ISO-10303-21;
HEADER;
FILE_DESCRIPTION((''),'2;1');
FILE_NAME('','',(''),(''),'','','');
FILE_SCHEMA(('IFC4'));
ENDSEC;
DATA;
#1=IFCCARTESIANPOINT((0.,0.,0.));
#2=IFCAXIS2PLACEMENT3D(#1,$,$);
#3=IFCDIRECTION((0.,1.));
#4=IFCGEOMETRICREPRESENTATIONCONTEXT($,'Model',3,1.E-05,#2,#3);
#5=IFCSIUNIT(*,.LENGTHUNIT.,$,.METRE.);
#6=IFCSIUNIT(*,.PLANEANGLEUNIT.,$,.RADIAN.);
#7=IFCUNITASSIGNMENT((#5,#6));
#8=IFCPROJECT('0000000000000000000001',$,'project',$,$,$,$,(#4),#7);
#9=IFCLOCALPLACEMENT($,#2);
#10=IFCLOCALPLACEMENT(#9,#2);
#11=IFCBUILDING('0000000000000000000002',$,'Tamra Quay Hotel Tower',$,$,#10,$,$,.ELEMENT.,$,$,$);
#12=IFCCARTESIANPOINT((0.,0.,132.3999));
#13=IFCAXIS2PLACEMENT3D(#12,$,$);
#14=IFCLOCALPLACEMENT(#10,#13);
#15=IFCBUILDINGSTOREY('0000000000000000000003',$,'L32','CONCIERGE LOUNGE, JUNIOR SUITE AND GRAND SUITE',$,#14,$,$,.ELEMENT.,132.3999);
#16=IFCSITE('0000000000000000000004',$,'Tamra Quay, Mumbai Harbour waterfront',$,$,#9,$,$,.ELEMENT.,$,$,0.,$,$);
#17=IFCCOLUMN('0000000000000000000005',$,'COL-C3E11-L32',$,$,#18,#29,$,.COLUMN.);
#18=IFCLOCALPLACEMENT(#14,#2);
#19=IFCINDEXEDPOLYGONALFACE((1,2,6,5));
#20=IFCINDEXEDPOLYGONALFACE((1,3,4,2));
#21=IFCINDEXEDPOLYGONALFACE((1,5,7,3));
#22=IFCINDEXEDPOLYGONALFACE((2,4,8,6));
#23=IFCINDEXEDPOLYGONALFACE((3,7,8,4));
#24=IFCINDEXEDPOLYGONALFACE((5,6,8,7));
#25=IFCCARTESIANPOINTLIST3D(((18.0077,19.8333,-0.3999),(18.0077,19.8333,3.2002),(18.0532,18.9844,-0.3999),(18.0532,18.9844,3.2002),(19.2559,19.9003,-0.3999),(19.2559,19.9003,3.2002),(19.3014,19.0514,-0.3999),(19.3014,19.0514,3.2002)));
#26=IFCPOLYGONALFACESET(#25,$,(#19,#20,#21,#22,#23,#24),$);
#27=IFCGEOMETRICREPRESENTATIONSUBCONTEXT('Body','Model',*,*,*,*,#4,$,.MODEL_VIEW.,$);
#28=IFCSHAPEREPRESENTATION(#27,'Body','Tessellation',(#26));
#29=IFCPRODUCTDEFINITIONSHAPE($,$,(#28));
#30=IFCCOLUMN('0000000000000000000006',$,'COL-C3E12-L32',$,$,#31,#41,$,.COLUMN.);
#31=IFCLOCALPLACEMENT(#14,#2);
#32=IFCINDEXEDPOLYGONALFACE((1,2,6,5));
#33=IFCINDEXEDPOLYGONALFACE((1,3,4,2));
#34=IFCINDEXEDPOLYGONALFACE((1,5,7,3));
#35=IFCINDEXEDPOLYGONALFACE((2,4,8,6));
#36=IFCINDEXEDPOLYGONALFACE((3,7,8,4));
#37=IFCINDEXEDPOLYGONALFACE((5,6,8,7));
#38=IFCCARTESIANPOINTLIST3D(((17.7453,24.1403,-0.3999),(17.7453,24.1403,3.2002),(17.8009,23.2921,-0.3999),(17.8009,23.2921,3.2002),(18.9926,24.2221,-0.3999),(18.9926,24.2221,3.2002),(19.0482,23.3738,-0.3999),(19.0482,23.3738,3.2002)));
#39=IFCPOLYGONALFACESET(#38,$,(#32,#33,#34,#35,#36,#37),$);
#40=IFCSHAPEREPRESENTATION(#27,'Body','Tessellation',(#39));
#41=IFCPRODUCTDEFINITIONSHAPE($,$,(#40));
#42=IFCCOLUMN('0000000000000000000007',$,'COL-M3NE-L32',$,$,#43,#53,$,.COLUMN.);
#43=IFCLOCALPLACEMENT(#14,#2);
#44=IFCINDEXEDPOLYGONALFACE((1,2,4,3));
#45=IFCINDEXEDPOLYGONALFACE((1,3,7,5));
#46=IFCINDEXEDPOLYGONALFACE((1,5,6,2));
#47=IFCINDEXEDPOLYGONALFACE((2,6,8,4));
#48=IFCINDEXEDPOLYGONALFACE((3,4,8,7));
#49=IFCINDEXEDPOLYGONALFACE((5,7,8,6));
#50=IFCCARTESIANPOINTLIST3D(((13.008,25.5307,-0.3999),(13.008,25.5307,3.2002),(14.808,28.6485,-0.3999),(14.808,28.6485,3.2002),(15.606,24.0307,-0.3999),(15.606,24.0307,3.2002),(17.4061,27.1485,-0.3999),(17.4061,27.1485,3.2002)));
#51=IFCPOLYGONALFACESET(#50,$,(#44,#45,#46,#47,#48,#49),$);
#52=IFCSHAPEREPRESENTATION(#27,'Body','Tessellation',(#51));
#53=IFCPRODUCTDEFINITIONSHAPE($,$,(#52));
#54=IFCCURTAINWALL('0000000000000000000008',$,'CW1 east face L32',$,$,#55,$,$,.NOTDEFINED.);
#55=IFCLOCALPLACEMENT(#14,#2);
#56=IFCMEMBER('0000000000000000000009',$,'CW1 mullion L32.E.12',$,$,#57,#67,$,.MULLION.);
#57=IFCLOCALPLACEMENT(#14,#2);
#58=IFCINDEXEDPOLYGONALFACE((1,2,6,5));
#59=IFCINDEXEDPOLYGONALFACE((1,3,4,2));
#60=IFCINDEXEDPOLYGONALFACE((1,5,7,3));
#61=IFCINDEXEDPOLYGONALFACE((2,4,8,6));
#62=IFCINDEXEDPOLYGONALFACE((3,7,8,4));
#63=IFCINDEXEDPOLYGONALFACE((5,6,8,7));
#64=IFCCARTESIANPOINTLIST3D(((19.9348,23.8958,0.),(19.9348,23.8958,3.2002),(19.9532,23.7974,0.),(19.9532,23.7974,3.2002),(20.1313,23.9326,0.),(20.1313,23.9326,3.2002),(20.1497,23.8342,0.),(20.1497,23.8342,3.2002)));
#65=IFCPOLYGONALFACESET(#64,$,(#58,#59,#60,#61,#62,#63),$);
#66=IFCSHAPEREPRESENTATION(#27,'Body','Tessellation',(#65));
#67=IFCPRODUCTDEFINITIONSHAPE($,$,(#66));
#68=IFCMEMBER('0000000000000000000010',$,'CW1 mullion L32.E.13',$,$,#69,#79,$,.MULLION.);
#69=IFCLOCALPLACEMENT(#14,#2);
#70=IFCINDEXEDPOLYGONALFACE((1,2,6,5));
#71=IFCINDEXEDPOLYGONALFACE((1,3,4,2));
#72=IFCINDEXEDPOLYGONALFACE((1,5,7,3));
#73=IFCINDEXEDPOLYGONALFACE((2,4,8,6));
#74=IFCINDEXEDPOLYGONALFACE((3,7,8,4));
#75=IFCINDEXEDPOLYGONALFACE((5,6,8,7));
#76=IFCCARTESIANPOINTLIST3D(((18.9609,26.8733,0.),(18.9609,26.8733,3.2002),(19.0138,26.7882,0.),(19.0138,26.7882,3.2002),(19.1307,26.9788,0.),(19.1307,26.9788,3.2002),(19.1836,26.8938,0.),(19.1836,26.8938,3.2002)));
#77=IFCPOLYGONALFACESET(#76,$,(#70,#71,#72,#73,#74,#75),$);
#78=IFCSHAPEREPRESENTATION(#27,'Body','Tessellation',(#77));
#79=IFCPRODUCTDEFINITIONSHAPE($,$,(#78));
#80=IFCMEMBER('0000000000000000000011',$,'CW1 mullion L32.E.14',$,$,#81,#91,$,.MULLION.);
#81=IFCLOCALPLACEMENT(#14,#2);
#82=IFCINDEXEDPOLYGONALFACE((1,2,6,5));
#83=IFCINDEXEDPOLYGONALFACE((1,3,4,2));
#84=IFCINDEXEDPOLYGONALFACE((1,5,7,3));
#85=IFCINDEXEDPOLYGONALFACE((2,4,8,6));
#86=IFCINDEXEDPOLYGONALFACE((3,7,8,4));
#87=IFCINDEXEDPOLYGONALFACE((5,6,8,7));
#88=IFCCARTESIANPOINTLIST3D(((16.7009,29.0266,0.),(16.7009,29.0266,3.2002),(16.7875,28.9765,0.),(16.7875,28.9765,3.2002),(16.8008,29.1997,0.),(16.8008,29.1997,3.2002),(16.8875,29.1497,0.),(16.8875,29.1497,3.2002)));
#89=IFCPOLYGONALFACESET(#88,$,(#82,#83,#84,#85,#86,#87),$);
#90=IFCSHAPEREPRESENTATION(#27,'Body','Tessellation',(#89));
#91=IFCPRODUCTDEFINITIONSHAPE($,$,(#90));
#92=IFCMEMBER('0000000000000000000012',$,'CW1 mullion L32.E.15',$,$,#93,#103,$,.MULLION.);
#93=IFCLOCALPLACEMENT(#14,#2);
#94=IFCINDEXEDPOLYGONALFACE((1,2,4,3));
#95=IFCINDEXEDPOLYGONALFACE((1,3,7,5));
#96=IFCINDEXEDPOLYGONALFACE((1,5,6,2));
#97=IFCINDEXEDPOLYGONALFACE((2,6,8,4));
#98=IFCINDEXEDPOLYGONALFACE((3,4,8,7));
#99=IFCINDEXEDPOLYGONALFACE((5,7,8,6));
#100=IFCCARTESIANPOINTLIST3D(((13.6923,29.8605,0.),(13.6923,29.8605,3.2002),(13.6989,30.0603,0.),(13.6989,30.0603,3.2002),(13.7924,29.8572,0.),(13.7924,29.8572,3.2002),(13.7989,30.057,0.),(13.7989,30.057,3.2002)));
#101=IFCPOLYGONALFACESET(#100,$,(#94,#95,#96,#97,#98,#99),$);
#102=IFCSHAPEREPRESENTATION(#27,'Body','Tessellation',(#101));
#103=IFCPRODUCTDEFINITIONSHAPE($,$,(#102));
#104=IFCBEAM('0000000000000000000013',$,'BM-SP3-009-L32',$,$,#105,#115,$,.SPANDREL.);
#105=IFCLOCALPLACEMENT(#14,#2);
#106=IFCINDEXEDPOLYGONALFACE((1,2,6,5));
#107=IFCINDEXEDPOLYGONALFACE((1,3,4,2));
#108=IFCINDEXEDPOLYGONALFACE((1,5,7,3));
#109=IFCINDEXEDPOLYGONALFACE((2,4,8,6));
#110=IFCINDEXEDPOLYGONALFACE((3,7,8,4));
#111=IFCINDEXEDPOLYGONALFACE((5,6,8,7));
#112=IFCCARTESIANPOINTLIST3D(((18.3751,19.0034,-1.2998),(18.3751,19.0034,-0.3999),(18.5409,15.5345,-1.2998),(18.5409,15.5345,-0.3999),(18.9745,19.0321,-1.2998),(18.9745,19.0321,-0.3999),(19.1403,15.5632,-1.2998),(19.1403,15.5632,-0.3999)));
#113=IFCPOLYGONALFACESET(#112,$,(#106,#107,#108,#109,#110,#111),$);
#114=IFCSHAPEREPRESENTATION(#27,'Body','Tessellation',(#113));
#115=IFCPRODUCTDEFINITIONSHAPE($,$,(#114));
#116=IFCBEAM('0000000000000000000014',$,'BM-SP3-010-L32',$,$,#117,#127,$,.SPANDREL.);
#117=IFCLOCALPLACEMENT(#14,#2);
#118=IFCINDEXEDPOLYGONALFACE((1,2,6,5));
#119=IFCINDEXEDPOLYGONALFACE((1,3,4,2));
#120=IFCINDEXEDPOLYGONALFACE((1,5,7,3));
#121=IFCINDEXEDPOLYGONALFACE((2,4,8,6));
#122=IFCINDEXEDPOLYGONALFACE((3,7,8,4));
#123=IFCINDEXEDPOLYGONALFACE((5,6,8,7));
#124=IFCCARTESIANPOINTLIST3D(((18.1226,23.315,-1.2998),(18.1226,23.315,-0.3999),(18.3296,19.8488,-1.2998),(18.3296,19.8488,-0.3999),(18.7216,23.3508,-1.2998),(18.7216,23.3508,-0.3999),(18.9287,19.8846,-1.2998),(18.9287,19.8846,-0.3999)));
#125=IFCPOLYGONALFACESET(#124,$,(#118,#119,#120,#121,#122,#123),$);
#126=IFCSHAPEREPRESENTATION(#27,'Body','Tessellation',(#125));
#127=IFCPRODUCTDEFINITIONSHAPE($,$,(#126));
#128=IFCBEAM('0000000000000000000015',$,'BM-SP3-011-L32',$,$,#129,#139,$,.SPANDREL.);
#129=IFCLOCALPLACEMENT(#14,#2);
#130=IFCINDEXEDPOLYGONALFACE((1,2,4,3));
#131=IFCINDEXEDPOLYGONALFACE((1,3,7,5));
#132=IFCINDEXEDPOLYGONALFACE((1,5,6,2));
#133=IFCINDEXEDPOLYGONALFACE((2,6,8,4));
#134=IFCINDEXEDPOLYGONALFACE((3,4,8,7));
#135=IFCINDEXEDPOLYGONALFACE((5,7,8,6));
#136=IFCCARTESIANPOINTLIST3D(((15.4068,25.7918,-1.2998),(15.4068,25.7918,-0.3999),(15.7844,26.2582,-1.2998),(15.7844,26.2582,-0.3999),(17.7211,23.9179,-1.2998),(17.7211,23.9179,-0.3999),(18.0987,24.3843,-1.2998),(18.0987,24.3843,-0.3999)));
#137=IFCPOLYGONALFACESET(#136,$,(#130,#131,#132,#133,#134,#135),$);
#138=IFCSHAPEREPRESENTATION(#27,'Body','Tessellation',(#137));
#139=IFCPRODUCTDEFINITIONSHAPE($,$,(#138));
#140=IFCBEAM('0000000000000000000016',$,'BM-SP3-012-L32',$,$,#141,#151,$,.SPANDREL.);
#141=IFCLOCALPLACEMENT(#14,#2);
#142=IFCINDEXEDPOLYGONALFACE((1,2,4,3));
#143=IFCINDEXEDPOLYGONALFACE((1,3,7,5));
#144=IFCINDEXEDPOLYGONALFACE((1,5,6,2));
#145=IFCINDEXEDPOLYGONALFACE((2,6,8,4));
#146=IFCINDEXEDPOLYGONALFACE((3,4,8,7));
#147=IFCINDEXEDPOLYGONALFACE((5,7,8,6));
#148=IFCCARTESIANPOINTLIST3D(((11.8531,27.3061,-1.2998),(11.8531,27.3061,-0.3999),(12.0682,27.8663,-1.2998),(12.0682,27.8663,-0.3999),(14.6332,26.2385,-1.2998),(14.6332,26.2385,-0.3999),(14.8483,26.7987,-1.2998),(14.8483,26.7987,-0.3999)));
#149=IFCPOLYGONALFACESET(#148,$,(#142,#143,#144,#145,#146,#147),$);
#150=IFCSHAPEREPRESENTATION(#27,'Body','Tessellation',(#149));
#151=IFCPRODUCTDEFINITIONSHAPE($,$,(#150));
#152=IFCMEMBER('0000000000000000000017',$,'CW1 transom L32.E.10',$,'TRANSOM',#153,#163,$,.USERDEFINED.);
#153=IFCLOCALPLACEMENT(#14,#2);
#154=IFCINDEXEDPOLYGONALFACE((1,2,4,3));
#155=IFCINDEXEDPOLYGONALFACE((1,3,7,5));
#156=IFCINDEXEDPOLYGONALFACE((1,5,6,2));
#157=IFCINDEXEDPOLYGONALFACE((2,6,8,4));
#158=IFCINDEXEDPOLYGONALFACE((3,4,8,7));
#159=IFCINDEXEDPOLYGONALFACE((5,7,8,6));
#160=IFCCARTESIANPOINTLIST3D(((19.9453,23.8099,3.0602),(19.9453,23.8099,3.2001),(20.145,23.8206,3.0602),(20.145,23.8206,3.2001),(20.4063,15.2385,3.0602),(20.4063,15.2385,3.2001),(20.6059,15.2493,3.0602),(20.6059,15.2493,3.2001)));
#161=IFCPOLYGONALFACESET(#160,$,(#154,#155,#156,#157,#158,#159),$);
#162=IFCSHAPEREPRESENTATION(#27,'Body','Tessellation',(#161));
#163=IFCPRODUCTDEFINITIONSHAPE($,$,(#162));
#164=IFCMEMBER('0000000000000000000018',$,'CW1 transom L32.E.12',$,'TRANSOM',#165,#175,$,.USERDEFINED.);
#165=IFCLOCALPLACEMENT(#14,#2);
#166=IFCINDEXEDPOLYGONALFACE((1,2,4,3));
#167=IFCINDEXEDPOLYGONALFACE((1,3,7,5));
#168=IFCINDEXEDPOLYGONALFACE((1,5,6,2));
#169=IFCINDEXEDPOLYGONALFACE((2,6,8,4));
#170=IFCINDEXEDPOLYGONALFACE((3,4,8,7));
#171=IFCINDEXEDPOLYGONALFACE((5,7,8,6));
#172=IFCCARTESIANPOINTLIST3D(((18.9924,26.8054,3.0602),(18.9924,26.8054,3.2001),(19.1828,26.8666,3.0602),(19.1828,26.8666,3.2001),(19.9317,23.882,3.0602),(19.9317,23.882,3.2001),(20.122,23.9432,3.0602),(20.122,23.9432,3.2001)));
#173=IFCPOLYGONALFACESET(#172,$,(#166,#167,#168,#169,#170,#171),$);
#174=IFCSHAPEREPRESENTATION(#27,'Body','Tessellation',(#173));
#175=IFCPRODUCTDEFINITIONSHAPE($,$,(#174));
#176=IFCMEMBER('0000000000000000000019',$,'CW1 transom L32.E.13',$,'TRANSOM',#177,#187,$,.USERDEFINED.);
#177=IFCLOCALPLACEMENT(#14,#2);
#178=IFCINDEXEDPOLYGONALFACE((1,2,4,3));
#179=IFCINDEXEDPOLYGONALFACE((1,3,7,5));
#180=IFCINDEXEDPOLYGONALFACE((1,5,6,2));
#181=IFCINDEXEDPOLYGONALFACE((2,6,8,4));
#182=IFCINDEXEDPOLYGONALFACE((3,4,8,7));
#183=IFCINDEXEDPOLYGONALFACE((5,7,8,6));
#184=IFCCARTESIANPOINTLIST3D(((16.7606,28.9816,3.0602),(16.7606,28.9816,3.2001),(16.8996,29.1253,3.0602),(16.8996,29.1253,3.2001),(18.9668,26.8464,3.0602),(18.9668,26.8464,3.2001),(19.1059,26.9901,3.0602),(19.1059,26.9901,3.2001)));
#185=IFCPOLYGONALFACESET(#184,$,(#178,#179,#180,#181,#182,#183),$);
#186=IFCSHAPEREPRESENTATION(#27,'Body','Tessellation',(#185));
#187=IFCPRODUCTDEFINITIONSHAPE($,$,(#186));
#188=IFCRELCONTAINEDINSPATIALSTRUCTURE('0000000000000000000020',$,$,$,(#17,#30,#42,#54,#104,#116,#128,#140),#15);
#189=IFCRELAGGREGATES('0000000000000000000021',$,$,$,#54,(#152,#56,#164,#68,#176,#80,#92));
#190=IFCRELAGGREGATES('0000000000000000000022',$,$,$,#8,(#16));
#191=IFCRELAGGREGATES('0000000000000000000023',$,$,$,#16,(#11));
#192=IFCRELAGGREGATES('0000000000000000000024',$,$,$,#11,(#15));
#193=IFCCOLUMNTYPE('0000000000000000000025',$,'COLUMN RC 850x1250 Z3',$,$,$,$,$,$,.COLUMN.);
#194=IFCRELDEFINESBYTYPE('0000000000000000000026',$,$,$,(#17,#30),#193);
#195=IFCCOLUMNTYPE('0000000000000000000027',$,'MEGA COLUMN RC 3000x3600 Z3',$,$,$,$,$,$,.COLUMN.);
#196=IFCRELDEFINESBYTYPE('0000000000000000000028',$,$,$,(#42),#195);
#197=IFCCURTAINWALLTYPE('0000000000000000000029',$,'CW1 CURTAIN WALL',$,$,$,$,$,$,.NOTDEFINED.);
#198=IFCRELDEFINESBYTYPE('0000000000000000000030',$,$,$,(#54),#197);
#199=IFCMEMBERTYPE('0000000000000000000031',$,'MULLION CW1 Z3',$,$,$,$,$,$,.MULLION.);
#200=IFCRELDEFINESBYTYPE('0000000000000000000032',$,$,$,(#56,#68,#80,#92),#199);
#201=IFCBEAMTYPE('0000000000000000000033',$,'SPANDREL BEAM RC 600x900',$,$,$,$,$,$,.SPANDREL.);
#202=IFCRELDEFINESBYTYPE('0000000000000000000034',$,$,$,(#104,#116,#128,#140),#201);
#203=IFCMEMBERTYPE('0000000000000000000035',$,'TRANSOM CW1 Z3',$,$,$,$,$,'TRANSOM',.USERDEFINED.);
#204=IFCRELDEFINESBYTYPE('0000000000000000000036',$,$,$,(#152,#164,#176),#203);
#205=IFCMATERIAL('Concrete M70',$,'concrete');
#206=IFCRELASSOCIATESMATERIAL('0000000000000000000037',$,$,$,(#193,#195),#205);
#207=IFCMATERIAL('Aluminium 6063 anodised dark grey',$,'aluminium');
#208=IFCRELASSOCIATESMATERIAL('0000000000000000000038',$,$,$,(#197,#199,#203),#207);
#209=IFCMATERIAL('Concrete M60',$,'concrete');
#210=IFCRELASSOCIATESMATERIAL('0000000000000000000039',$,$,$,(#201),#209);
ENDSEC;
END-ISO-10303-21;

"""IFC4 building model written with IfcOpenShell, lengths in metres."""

from ifc_helpers import new_model, si_unit, direction, frame, origin, origin_2d, place, context, subcontext, project, spatial, rectangle, extrude, material, material_profile, profile_set, type_object, element, aggregate, save


model = new_model("IFC4")

# Units and contexts
model_context = context("Model", 3, precision=1e-05, world=origin(), true_north=direction((0.0, 1.0)))
body_context = subcontext(model_context, "Body", "Model", "MODEL_VIEW")
ifc_project = project(units=[si_unit("LENGTHUNIT", "METRE"), si_unit("PLANEANGLEUNIT", "RADIAN")], contexts=[model_context])

# Site, building, storey
site_placement = place(None, origin())
site = spatial("IfcSite", under=ifc_project, at=site_placement, Name="Tamra Quay, Mumbai Harbour waterfront", CompositionType="ELEMENT", RefElevation=0.0)
building_placement = place(site_placement, origin())
building = spatial("IfcBuilding", under=site, at=building_placement, Name="Tamra Quay Hotel Tower", CompositionType="ELEMENT")
storey_placement = place(building_placement, frame((0.0, 0.0, 132.3999)))
storey = spatial("IfcBuildingStorey", under=building, at=storey_placement, Name="L32", Description="CONCIERGE LOUNGE, JUNIOR SUITE AND GRAND SUITE", CompositionType="ELEMENT", Elevation=132.3999)

# Columns
ifc_material_1 = material(Name="Concrete M70", Category="concrete")
ifc_material_profile_1 = material_profile(ifc_material_1, rectangle(XDim=1.25, YDim=0.8501, at=origin_2d()), Name="COLUMN RC 850x1250 Z3")
ifc_profile_set_1 = profile_set([ifc_material_profile_1], Name="Concrete M70")
column_type_1 = type_object("IfcColumnType", Name="COLUMN RC 850x1250 Z3", PredefinedType="COLUMN", material=ifc_profile_set_1)
for number, where, z_axis, x_axis, name in (
    (1, (18.6545, 19.4424, -0.3999), (0.0, 0.0, 1.0), (0.998562, 0.053603, 0.0), "COL-C3E11-L32"),
    (2, (18.3967, 23.7571, -0.3999), (0.0, 0.0, 1.0), (0.997858, 0.065419, 0.0), "COL-C3E12-L32"),
):
    element("IfcColumn", number, at=place(storey_placement, frame(where, z_axis=z_axis, x_axis=x_axis)), inside=storey, type_object=column_type_1, Name=name, PredefinedType="COLUMN", context=body_context, shape_type="SweptSolid", body=[
        extrude(rectangle(XDim=1.25, YDim=0.8501, at=origin_2d()), origin(), (0.0, 0.0, 1.0), 3.6001),
    ])
ifc_material_profile_2 = material_profile(ifc_material_1, rectangle(XDim=3.6001, YDim=3.0, at=origin_2d()), Name="MEGA COLUMN RC 3000x3600 Z3")
ifc_profile_set_2 = profile_set([ifc_material_profile_2], Name="Concrete M70")
column_type_2 = type_object("IfcColumnType", Name="MEGA COLUMN RC 3000x3600 Z3", PredefinedType="COLUMN", material=ifc_profile_set_2)
column_placement = place(storey_placement, frame((15.207, 26.3396, -0.3999), z_axis=(0.0, 0.0, 1.0), x_axis=(0.5, 0.866025, 0.0)))
element("IfcColumn", 3, at=column_placement, inside=storey, type_object=column_type_2, Name="COL-M3NE-L32", PredefinedType="COLUMN", context=body_context, shape_type="SweptSolid", body=[
    extrude(rectangle(XDim=3.6001, YDim=3.0, at=origin_2d()), origin(), (0.0, 0.0, 1.0), 3.6001),
])

# Curtain wall, members
ifc_material_2 = material(Name="Aluminium 6063 anodised dark grey", Category="aluminium")
curtain_wall_type = type_object("IfcCurtainWallType", Name="CW1 CURTAIN WALL", PredefinedType="NOTDEFINED", material=ifc_material_2)
curtain_wall_placement = place(storey_placement, origin())
curtain_wall = element("IfcCurtainWall", 4, at=curtain_wall_placement, inside=storey, type_object=curtain_wall_type, Name="CW1 east face L32", PredefinedType="NOTDEFINED")
ifc_material_profile_3 = material_profile(ifc_material_2, rectangle(XDim=0.2, YDim=0.1001, at=origin_2d()), Name="MULLION 100X200")
ifc_profile_set_3 = profile_set([ifc_material_profile_3], Name="Aluminium 6063 anodised dark grey")
member_type_1 = type_object("IfcMemberType", Name="MULLION CW1 Z3", PredefinedType="MULLION", material=ifc_profile_set_3)
member_1_placement = place(storey_placement, frame((20.0422, 23.865, 0.0), z_axis=(0.0, 0.0, 1.0), x_axis=(0.982883, 0.18423, 0.0)))
member_1 = element("IfcMember", 5, at=member_1_placement, type_object=member_type_1, Name="CW1 mullion L32.E.12", PredefinedType="MULLION", context=body_context, shape_type="SweptSolid", body=[
    extrude(rectangle(XDim=0.2, YDim=0.1001, at=origin_2d()), origin(), (0.0, 0.0, 1.0), 3.2002),
])
member_2_placement = place(storey_placement, frame((19.0723, 26.8835, 0.0), z_axis=(0.0, 0.0, 1.0), x_axis=(0.849198, 0.528075, 0.0)))
member_2 = element("IfcMember", 6, at=member_2_placement, type_object=member_type_1, Name="CW1 mullion L32.E.13", PredefinedType="MULLION", context=body_context, shape_type="SweptSolid", body=[
    extrude(rectangle(XDim=0.2, YDim=0.1001, at=origin_2d()), origin(), (0.0, 0.0, 1.0), 3.2002),
])
member_3_placement = place(storey_placement, frame((16.7942, 29.0881, 0.0), z_axis=(0.0, 0.0, 1.0), x_axis=(0.5, 0.866025, 0.0)))
member_3 = element("IfcMember", 7, at=member_3_placement, type_object=member_type_1, Name="CW1 mullion L32.E.14", PredefinedType="MULLION", context=body_context, shape_type="SweptSolid", body=[
    extrude(rectangle(XDim=0.2, YDim=0.1001, at=origin_2d()), origin(), (0.0, 0.0, 1.0), 3.2002),
])
member_4_placement = place(storey_placement, frame((13.7456, 29.9587, 0.0), z_axis=(0.0, 0.0, 1.0), x_axis=(0.032727, 0.999464, 0.0)))
member_4 = element("IfcMember", 8, at=member_4_placement, type_object=member_type_1, Name="CW1 mullion L32.E.15", PredefinedType="MULLION", context=body_context, shape_type="SweptSolid", body=[
    extrude(rectangle(XDim=0.2, YDim=0.1001, at=origin_2d()), origin(), (0.0, 0.0, 1.0), 3.2002),
])

# Beams
ifc_material_3 = material(Name="Concrete M60", Category="concrete")
ifc_material_profile_4 = material_profile(ifc_material_3, rectangle(XDim=0.6001, YDim=0.8999, at=origin_2d()), Name="SPANDREL BEAM RC 600x900")
ifc_profile_set_4 = profile_set([ifc_material_profile_4], Name="Concrete M60")
beam_type = type_object("IfcBeamType", Name="SPANDREL BEAM RC 600x900", PredefinedType="SPANDREL", material=ifc_profile_set_4)
beam_1_placement = place(storey_placement, frame((18.8406, 15.5488, -0.8499), z_axis=(-0.047732, 0.99886, 0.0), x_axis=(-0.99886, -0.047732, 0.0)))
element("IfcBeam", 9, at=beam_1_placement, inside=storey, type_object=beam_type, Name="BM-SP3-009-L32", PredefinedType="SPANDREL", context=body_context, shape_type="SweptSolid", body=[
    extrude(rectangle(XDim=0.6001, YDim=0.8999, at=origin_2d()), origin(), (0.0, 0.0, 1.0), 3.4729),
])
beam_2_placement = place(storey_placement, frame((18.6292, 19.8667, -0.8499), z_axis=(-0.05962, 0.998221, 0.0), x_axis=(-0.998221, -0.05962, 0.0)))
element("IfcBeam", 10, at=beam_2_placement, inside=storey, type_object=beam_type, Name="BM-SP3-010-L32", PredefinedType="SPANDREL", context=body_context, shape_type="SweptSolid", body=[
    extrude(rectangle(XDim=0.6001, YDim=0.8999, at=origin_2d()), origin(), (0.0, 0.0, 1.0), 3.4724),
])
beam_3_placement = place(storey_placement, frame((17.9099, 24.1511, -0.8499), z_axis=(-0.777184, 0.629274, 0.0), x_axis=(-0.629274, -0.777184, 0.0)))
element("IfcBeam", 11, at=beam_3_placement, inside=storey, type_object=beam_type, Name="BM-SP3-011-L32", PredefinedType="SPANDREL", context=body_context, shape_type="SweptSolid", body=[
    extrude(rectangle(XDim=0.6001, YDim=0.8999, at=origin_2d()), origin(), (0.0, 0.0, 1.0), 2.9778),
])
beam_4_placement = place(storey_placement, frame((14.7407, 26.5186, -0.8499), z_axis=(-0.933527, 0.358507, 0.0), x_axis=(-0.358507, -0.933527, 0.0)))
element("IfcBeam", 12, at=beam_4_placement, inside=storey, type_object=beam_type, Name="BM-SP3-012-L32", PredefinedType="SPANDREL", context=body_context, shape_type="SweptSolid", body=[
    extrude(rectangle(XDim=0.6001, YDim=0.8999, at=origin_2d()), origin(), (0.0, 0.0, 1.0), 2.978),
])

# Members
ifc_material_profile_5 = material_profile(ifc_material_2, rectangle(XDim=0.2, YDim=0.1399, at=origin_2d()), Name="TRANSOM 200X140")
ifc_profile_set_5 = profile_set([ifc_material_profile_5], Name="Aluminium 6063 anodised dark grey")
member_type_2 = type_object("IfcMemberType", Name="TRANSOM CW1 Z3", ElementType="TRANSOM", PredefinedType="USERDEFINED", material=ifc_profile_set_5)
member_5_placement = place(storey_placement, frame((20.5061, 15.2439, 3.1301), z_axis=(-0.053699, 0.998557, 0.0), x_axis=(-0.998557, -0.053699, 0.0)))
member_5 = element("IfcMember", 13, at=member_5_placement, type_object=member_type_2, Name="CW1 transom L32.E.10", ObjectType="TRANSOM", PredefinedType="USERDEFINED", context=body_context, shape_type="SweptSolid", body=[
    extrude(rectangle(XDim=0.2, YDim=0.1399, at=origin_2d()), origin(), (0.0, 0.0, 1.0), 8.5837),
])
member_6_placement = place(storey_placement, frame((20.0269, 23.9126, 3.1301), z_axis=(-0.30588, 0.95207, 0.0), x_axis=(-0.95207, -0.30588, 0.0)))
member_6 = element("IfcMember", 14, at=member_6_placement, type_object=member_type_2, Name="CW1 transom L32.E.12", ObjectType="TRANSOM", PredefinedType="USERDEFINED", context=body_context, shape_type="SweptSolid", body=[
    extrude(rectangle(XDim=0.2, YDim=0.1399, at=origin_2d()), origin(), (0.0, 0.0, 1.0), 3.0706),
])
member_7_placement = place(storey_placement, frame((19.0364, 26.9182, 3.1301), z_axis=(-0.718582, 0.695443, 0.0), x_axis=(-0.695443, -0.718582, 0.0)))
member_7 = element("IfcMember", 15, at=member_7_placement, type_object=member_type_2, Name="CW1 transom L32.E.13", ObjectType="TRANSOM", PredefinedType="USERDEFINED", context=body_context, shape_type="SweptSolid", body=[
    extrude(rectangle(XDim=0.2, YDim=0.1399, at=origin_2d()), origin(), (0.0, 0.0, 1.0), 3.0703),
])

aggregate(curtain_wall, [member_5, member_1, member_6, member_2, member_7, member_3, member_4])

save(model, "model.ifc")
